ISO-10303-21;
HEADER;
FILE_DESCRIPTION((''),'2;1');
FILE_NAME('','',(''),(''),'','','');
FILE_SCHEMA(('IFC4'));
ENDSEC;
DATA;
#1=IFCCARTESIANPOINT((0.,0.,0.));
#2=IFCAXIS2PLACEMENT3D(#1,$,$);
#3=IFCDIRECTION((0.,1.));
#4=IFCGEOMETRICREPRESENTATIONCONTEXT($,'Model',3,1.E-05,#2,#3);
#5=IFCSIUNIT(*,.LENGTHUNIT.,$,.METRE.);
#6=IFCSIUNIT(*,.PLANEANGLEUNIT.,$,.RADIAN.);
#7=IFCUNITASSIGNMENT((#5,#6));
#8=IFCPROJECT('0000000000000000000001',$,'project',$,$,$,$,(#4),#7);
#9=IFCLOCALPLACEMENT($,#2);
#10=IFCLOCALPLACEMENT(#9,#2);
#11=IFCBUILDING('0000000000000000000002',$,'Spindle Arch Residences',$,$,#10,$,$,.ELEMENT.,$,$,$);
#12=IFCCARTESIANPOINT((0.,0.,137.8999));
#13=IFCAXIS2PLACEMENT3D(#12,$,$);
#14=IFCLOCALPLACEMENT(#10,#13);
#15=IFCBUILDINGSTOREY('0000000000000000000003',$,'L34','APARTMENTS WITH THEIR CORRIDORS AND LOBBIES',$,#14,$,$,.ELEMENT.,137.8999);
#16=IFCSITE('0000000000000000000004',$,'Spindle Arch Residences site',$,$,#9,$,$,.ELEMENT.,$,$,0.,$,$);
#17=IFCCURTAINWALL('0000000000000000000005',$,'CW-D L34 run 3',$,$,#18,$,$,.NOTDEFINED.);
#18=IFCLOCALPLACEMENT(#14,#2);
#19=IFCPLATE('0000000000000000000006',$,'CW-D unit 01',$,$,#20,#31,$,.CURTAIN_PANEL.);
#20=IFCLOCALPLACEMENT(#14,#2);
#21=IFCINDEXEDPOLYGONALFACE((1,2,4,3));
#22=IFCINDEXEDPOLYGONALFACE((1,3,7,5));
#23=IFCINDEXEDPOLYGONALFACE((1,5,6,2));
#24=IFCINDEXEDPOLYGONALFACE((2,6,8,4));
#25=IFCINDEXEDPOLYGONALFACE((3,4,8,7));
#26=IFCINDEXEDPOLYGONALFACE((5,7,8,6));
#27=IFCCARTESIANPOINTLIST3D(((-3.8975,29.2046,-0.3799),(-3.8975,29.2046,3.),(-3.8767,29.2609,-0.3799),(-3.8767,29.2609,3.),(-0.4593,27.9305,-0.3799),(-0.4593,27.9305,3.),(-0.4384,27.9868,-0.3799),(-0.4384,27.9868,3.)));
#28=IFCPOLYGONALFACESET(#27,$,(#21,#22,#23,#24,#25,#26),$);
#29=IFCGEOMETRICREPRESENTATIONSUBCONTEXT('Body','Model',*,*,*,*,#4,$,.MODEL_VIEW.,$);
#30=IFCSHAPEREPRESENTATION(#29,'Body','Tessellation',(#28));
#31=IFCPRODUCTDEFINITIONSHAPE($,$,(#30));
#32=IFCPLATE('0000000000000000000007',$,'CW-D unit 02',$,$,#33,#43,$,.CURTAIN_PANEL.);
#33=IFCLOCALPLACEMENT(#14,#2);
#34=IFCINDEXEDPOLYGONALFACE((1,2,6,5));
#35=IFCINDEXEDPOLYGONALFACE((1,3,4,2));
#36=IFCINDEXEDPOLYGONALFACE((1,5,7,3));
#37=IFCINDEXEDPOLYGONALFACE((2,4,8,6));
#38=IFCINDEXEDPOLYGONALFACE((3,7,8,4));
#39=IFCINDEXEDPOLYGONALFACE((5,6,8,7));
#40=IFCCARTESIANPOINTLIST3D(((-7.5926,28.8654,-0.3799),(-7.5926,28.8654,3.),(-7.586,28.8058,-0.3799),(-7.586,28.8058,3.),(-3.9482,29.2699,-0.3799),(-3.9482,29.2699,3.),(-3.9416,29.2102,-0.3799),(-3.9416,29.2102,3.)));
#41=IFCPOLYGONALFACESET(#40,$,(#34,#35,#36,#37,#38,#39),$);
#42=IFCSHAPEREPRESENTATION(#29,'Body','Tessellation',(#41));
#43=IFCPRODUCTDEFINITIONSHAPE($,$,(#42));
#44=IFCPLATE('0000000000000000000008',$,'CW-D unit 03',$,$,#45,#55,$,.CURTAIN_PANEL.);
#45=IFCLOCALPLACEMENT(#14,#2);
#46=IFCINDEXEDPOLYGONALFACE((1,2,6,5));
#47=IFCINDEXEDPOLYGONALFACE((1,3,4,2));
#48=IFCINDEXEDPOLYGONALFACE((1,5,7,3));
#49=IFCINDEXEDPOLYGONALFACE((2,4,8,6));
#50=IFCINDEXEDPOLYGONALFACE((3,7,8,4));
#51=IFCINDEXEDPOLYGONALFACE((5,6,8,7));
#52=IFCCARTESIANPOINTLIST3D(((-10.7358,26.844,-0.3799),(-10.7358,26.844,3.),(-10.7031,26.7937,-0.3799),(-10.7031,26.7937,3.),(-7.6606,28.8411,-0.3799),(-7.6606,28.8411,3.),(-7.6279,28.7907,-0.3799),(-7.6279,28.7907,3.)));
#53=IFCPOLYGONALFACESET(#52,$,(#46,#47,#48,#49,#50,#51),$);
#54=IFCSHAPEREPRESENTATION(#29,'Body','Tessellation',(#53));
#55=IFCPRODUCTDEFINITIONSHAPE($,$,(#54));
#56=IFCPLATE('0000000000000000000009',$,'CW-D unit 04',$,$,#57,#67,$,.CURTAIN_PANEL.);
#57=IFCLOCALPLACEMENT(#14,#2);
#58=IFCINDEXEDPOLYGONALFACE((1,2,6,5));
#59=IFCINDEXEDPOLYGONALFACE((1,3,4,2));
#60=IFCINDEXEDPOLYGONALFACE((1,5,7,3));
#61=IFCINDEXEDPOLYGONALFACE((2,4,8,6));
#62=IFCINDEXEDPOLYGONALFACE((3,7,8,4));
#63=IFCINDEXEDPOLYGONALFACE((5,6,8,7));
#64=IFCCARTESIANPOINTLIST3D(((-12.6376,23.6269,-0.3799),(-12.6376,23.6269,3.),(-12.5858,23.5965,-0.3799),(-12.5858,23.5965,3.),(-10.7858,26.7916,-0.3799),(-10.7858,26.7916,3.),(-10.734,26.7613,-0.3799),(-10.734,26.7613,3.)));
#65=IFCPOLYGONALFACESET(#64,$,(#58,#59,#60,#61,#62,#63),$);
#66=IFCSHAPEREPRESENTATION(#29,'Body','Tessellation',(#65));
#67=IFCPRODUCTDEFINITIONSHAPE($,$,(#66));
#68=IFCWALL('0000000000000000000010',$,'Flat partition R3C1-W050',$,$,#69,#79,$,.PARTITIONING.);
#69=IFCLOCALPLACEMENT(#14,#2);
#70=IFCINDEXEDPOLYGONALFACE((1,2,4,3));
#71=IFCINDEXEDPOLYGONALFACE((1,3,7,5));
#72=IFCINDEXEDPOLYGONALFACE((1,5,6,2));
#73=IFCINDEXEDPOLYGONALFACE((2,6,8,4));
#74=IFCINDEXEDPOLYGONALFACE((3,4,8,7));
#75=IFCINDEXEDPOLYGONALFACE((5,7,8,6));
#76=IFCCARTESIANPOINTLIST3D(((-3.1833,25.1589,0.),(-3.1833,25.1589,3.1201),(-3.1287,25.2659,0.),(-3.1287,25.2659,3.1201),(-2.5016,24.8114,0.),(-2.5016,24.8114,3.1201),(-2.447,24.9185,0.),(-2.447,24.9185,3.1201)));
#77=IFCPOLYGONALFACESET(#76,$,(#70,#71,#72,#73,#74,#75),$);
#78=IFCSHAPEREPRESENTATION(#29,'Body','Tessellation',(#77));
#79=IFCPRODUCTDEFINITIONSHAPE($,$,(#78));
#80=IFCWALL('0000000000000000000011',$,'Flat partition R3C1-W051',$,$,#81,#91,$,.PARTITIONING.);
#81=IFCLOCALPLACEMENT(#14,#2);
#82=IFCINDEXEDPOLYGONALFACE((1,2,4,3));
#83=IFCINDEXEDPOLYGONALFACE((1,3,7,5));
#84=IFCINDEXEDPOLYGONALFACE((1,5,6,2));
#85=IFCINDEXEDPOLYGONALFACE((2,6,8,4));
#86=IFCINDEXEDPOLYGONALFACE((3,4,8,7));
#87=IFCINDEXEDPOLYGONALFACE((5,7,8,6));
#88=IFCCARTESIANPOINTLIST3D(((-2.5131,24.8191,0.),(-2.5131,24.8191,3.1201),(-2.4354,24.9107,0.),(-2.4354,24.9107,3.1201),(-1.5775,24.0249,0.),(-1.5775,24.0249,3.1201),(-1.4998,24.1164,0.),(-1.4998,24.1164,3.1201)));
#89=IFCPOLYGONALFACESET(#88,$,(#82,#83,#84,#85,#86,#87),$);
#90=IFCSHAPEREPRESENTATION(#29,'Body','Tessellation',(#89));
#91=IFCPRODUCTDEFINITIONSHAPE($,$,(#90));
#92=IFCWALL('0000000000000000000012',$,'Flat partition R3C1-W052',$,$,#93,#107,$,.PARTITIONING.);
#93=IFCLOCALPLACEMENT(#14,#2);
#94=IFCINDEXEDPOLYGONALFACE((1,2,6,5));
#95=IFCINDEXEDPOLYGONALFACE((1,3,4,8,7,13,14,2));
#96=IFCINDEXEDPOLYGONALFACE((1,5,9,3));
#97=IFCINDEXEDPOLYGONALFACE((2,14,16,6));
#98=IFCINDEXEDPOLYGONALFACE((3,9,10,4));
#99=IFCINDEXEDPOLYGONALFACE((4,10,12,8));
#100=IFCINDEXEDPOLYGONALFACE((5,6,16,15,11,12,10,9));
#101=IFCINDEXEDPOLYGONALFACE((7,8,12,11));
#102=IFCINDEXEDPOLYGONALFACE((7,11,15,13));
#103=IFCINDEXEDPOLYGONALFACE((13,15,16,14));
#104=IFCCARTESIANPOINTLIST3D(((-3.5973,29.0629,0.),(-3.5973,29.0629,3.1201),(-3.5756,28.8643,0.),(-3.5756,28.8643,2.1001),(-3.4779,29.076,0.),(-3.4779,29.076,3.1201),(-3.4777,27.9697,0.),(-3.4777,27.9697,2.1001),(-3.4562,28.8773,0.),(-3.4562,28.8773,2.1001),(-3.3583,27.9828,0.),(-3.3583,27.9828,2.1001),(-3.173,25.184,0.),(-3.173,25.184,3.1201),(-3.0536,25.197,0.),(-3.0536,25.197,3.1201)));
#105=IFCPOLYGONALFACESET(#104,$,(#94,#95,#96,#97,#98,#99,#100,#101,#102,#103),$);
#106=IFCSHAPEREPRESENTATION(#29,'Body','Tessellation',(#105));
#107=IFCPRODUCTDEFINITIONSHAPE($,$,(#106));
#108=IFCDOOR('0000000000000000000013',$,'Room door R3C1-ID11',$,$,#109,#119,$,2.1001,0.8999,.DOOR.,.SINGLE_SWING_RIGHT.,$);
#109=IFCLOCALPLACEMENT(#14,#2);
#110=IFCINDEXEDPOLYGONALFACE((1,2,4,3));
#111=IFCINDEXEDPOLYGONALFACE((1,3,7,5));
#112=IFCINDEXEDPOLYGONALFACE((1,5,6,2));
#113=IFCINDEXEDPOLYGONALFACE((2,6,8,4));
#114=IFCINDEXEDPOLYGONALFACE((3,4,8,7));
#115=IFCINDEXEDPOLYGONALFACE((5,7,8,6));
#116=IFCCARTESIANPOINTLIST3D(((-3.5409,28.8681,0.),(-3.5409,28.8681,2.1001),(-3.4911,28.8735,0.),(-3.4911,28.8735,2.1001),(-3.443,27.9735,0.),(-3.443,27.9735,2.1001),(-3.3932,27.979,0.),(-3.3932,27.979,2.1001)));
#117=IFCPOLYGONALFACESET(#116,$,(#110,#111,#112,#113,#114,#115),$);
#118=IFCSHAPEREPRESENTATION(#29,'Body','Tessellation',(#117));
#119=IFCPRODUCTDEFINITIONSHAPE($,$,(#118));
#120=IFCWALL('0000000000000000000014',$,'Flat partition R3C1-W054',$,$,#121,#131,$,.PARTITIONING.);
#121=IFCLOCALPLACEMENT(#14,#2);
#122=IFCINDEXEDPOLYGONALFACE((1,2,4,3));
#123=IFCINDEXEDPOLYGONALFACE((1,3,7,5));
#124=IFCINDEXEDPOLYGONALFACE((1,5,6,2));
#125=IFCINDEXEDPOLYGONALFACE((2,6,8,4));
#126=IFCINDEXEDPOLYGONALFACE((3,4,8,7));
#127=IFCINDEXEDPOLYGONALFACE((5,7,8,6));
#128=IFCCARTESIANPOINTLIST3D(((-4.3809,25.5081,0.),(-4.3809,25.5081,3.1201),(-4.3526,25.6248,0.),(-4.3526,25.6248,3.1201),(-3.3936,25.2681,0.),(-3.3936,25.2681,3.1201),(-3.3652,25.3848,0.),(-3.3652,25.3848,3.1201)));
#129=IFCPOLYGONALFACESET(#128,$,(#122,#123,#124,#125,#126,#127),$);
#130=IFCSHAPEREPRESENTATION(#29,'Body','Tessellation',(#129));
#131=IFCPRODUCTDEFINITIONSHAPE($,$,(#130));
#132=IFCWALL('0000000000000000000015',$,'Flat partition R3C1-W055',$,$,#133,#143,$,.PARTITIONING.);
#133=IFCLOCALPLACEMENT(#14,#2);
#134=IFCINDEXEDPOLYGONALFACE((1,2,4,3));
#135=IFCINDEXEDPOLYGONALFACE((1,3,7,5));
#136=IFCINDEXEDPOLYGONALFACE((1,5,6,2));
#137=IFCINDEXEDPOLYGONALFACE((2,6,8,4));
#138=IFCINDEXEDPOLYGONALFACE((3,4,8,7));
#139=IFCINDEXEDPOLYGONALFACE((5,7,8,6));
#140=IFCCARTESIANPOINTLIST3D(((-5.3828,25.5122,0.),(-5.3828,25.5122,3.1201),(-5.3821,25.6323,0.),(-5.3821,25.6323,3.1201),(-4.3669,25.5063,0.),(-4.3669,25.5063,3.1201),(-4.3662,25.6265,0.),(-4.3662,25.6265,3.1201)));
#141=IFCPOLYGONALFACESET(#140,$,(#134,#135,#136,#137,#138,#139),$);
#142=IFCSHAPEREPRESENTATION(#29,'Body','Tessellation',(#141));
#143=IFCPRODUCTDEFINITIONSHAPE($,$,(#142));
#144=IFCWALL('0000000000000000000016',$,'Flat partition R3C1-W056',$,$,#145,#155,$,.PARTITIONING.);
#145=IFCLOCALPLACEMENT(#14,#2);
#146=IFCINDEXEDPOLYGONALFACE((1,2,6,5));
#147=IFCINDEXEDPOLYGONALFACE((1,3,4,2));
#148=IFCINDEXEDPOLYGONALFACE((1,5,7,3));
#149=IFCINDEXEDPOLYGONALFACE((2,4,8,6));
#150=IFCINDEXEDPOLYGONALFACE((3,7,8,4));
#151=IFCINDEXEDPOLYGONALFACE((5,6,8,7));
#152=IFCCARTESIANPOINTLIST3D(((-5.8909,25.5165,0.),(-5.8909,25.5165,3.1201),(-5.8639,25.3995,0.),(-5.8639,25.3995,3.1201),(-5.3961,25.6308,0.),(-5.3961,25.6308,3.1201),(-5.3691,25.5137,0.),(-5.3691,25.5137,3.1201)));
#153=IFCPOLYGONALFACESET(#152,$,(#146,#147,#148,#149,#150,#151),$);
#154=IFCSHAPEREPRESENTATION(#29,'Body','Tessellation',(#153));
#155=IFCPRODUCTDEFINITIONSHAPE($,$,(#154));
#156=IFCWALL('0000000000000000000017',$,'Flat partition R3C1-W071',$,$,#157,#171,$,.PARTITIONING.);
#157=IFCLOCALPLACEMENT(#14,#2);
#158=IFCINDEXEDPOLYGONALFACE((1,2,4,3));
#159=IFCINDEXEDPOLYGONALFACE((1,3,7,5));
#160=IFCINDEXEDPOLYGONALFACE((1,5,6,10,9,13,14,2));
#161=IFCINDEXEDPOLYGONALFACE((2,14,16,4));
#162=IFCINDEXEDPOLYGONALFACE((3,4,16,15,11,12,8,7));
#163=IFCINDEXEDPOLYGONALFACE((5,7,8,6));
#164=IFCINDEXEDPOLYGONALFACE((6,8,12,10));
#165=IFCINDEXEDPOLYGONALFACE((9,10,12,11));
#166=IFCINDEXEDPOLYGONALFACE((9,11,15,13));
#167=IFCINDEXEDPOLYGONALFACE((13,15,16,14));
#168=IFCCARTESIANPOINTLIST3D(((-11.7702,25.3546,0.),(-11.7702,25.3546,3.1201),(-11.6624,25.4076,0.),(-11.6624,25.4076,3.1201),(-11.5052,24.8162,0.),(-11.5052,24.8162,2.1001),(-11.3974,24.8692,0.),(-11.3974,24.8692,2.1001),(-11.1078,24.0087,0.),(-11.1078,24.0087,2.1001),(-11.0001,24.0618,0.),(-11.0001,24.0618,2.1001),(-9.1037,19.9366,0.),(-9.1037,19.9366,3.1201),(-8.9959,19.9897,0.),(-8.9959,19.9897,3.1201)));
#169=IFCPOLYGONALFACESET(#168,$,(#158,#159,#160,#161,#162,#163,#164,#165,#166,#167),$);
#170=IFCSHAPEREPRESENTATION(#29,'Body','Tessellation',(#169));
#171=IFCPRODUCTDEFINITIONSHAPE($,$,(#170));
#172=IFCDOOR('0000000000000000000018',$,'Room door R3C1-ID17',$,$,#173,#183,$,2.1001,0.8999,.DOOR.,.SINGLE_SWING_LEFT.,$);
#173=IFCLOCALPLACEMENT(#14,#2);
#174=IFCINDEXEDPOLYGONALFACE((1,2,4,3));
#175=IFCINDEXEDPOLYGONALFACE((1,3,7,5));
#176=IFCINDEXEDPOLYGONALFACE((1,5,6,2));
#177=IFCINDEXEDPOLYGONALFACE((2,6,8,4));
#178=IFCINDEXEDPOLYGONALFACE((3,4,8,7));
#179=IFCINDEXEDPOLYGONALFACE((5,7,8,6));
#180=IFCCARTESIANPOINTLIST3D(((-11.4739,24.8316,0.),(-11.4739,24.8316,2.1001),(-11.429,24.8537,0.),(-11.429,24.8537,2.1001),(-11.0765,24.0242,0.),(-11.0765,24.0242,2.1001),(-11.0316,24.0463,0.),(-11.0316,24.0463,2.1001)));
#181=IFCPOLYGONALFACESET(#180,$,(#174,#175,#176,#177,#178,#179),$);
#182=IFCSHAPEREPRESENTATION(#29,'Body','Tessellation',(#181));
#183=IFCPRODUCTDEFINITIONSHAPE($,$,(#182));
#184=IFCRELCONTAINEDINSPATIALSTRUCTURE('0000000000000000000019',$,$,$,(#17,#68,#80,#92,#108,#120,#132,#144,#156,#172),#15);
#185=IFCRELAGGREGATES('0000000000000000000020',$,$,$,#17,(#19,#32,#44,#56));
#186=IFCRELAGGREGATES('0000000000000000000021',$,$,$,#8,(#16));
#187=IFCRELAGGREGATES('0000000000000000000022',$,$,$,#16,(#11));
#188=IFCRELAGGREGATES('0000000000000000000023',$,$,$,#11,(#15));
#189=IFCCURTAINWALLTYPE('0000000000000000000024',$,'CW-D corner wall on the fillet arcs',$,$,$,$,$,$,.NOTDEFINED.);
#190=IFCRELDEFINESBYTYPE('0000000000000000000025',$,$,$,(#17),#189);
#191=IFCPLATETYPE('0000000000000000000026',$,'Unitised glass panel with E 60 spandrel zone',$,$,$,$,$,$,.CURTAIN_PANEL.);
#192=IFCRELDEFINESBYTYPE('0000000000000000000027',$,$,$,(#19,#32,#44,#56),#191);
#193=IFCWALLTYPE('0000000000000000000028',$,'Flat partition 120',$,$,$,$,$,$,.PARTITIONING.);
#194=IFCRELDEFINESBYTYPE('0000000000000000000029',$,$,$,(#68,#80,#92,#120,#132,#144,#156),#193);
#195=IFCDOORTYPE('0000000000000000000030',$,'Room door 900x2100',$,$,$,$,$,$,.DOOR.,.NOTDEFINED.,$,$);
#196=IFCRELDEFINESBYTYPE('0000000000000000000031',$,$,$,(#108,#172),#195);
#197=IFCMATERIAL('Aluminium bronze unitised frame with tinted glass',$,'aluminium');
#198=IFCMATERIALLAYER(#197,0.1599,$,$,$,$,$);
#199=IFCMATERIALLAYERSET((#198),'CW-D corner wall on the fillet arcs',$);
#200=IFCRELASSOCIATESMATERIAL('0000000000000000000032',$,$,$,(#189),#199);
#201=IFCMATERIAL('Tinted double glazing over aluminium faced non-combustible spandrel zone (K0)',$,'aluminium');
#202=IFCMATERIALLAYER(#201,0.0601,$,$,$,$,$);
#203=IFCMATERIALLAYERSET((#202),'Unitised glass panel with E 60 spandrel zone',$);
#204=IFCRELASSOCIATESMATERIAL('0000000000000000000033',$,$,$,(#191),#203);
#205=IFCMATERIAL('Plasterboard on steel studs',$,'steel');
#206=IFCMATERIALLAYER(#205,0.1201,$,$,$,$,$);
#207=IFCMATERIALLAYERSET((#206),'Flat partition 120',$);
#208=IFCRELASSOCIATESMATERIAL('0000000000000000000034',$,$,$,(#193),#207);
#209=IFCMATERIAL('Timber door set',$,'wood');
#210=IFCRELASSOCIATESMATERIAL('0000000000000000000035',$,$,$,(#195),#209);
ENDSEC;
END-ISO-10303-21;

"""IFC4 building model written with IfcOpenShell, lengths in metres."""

from ifc_helpers import new_model, si_unit, direction, frame, frame_2d, origin, origin_2d, place, context, subcontext, project, spatial, rectangle, extrude, material, layer, layer_set, type_object, element, fill, aggregate, save


model = new_model("IFC4")

# Units and contexts
model_context = context("Model", 3, precision=1e-05, world=origin(), true_north=direction((0.0, 1.0)))
body_context = subcontext(model_context, "Body", "Model", "MODEL_VIEW")
ifc_project = project(units=[si_unit("LENGTHUNIT", "METRE"), si_unit("PLANEANGLEUNIT", "RADIAN")], contexts=[model_context])

# Site, building, storey
site_placement = place(None, origin())
site = spatial("IfcSite", under=ifc_project, at=site_placement, Name="Spindle Arch Residences site", CompositionType="ELEMENT", RefElevation=0.0)
building_placement = place(site_placement, origin())
building = spatial("IfcBuilding", under=site, at=building_placement, Name="Spindle Arch Residences", CompositionType="ELEMENT")
storey_placement = place(building_placement, frame((0.0, 0.0, 137.8999)))
storey = spatial("IfcBuildingStorey", under=building, at=storey_placement, Name="L34", Description="APARTMENTS WITH THEIR CORRIDORS AND LOBBIES", CompositionType="ELEMENT", Elevation=137.8999)

# Curtain wall
ifc_material_1 = material(Name="Aluminium bronze unitised frame with tinted glass", Category="aluminium")
ifc_layer_1 = layer(ifc_material_1, 0.1599)
ifc_layer_set_1 = layer_set([ifc_layer_1], Name="CW-D corner wall on the fillet arcs")
curtain_wall_type = type_object("IfcCurtainWallType", Name="CW-D corner wall on the fillet arcs", PredefinedType="NOTDEFINED", material=ifc_layer_set_1)
curtain_wall_placement = place(storey_placement, origin())
curtain_wall = element("IfcCurtainWall", 1, at=curtain_wall_placement, inside=storey, type_object=curtain_wall_type, Name="CW-D L34 run 3", PredefinedType="NOTDEFINED")

# Plates
ifc_material_2 = material(Name="Tinted double glazing over aluminium faced non-combustible spandrel zone (K0)", Category="aluminium")
ifc_layer_2 = layer(ifc_material_2, 0.0601)
ifc_layer_set_2 = layer_set([ifc_layer_2], Name="Unitised glass panel with E 60 spandrel zone")
plate_type = type_object("IfcPlateType", Name="Unitised glass panel with E 60 spandrel zone", PredefinedType="CURTAIN_PANEL", material=ifc_layer_set_2)
plate_1_placement = place(storey_placement, frame((-2.168, 28.5957, -0.3799), z_axis=(0.0, 0.0, 1.0), x_axis=(-0.937687, 0.347481, 0.0)))
plate_1 = element("IfcPlate", 2, at=plate_1_placement, type_object=plate_type, Name="CW-D unit 01", PredefinedType="CURTAIN_PANEL", context=body_context, shape_type="SweptSolid", body=[
    extrude(rectangle(XDim=3.6667, YDim=0.0601, at=origin_2d()), origin(), (0.0, 0.0, 1.0), 3.3799),
])
plate_2_placement = place(storey_placement, frame((-5.7671, 29.0378, -0.3799), z_axis=(0.0, 0.0, 1.0), x_axis=(-0.993897, -0.110313, 0.0)))
plate_2 = element("IfcPlate", 3, at=plate_2_placement, type_object=plate_type, Name="CW-D unit 02", PredefinedType="CURTAIN_PANEL", context=body_context, shape_type="SweptSolid", body=[
    extrude(rectangle(XDim=3.6667, YDim=0.0601, at=origin_2d()), origin(), (0.0, 0.0, 1.0), 3.3799),
])
plate_3_placement = place(storey_placement, frame((-9.1819, 27.8174, -0.3799), z_axis=(0.0, 0.0, 1.0), x_axis=(-0.838671, -0.544639, 0.0)))
plate_3 = element("IfcPlate", 4, at=plate_3_placement, type_object=plate_type, Name="CW-D unit 03", PredefinedType="CURTAIN_PANEL", context=body_context, shape_type="SweptSolid", body=[
    extrude(rectangle(XDim=3.6667, YDim=0.0601, at=origin_2d()), origin(), (0.0, 0.0, 1.0), 3.3799),
])
plate_4_placement = place(storey_placement, frame((-11.6858, 25.1941, -0.3799), z_axis=(0.0, 0.0, 1.0), x_axis=(-0.50503, -0.863102, 0.0)))
plate_4 = element("IfcPlate", 5, at=plate_4_placement, type_object=plate_type, Name="CW-D unit 04", PredefinedType="CURTAIN_PANEL", context=body_context, shape_type="SweptSolid", body=[
    extrude(rectangle(XDim=3.6667, YDim=0.0601, at=origin_2d()), origin(), (0.0, 0.0, 1.0), 3.3799),
])
aggregate(curtain_wall, [plate_1, plate_2, plate_3, plate_4])

# Walls
ifc_material_3 = material(Name="Plasterboard on steel studs", Category="steel")
ifc_layer_3 = layer(ifc_material_3, 0.1201)
ifc_layer_set_3 = layer_set([ifc_layer_3], Name="Flat partition 120")
wall_type_1 = type_object("IfcWallType", Name="Flat partition 120", PredefinedType="PARTITIONING", material=ifc_layer_set_3)
wall_1_placement = place(storey_placement, frame((-3.156, 25.2124, 0.0), z_axis=(0.0, 0.0, 1.0), x_axis=(0.890954, -0.454093, 0.0)))
element("IfcWall", 6, at=wall_1_placement, inside=storey, type_object=wall_type_1, Name="Flat partition R3C1-W050", PredefinedType="PARTITIONING", context=body_context, shape_type="SweptSolid", body=[
    extrude(rectangle(XDim=0.7651, YDim=0.1201, at=frame_2d((0.3826, 0.0))), origin(), (0.0, 0.0, 1.0), 3.1201),
])
wall_2_placement = place(storey_placement, frame((-2.4744, 24.865, 0.0), z_axis=(0.0, 0.0, 1.0), x_axis=(0.762351, -0.647163, 0.0)))
element("IfcWall", 7, at=wall_2_placement, inside=storey, type_object=wall_type_1, Name="Flat partition R3C1-W051", PredefinedType="PARTITIONING", context=body_context, shape_type="SweptSolid", body=[
    extrude(rectangle(XDim=1.2273, YDim=0.1201, at=frame_2d((0.6138, 0.0))), origin(), (0.0, 0.0, 1.0), 3.1201),
])

# Wall, opening, door
wall_3_placement = place(storey_placement, frame((-3.5376, 29.0696, 0.0), z_axis=(0.0, 0.0, 1.0), x_axis=(0.108742, -0.99407, 0.0)))
wall_3 = element("IfcWall", 8, at=wall_3_placement, inside=storey, type_object=wall_type_1, Name="Flat partition R3C1-W052", PredefinedType="PARTITIONING", context=body_context, shape_type="SweptSolid", body=[
    extrude(rectangle(XDim=3.9021, YDim=0.1201, at=frame_2d((1.9512, 0.0))), origin(), (0.0, 0.0, 1.0), 3.1201),
])
opening_1_placement = place(wall_3_placement, frame((0.2, 0.0, 0.0)))
opening_1 = element("IfcOpeningElement", 9, at=opening_1_placement, cuts=wall_3, PredefinedType="OPENING", context=body_context, shape_type="SweptSolid", body=[
    extrude(rectangle(XDim=0.8999, YDim=2.1001, at=frame_2d((0.45, 1.05))), frame((0.0, 0.0701, 0.0), z_axis=(0.0, -1.0, 0.0), x_axis=(1.0, 0.0, 0.0)), (0.0, 0.0, 1.0), 0.1401),
])
ifc_material_4 = material(Name="Timber door set", Category="wood")
door_type = type_object("IfcDoorType", Name="Room door 900x2100", OperationType="NOTDEFINED", PredefinedType="DOOR", material=ifc_material_4)
door_1_placement = place(opening_1_placement, origin())
door_1 = element("IfcDoor", 10, at=door_1_placement, inside=storey, type_object=door_type, Name="Room door R3C1-ID11", OperationType="SINGLE_SWING_RIGHT", OverallHeight=2.1001, OverallWidth=0.8999, PredefinedType="DOOR", context=body_context, shape_type="SweptSolid", body=[
    extrude(rectangle(XDim=0.8999, YDim=2.1001, at=frame_2d((0.45, 1.05))), frame((0.0, 0.0249, 0.0), z_axis=(0.0, -1.0, 0.0), x_axis=(1.0, 0.0, 0.0)), (0.0, 0.0, 1.0), 0.05),
])
fill(opening_1, door_1)

# Walls
wall_4_placement = place(storey_placement, frame((-3.3794, 25.3264, 0.0), z_axis=(0.0, 0.0, 1.0), x_axis=(-0.971705, 0.236198, 0.0)))
element("IfcWall", 11, at=wall_4_placement, inside=storey, type_object=wall_type_1, Name="Flat partition R3C1-W054", PredefinedType="PARTITIONING", context=body_context, shape_type="SweptSolid", body=[
    extrude(rectangle(XDim=1.0161, YDim=0.1201, at=frame_2d((0.5081, 0.0))), origin(), (0.0, 0.0, 1.0), 3.1201),
])
wall_5_placement = place(storey_placement, frame((-4.3667, 25.5664, 0.0), z_axis=(0.0, 0.0, 1.0), x_axis=(-0.999983, 0.005768, 0.0)))
element("IfcWall", 12, at=wall_5_placement, inside=storey, type_object=wall_type_1, Name="Flat partition R3C1-W055", PredefinedType="PARTITIONING", context=body_context, shape_type="SweptSolid", body=[
    extrude(rectangle(XDim=1.0159, YDim=0.1201, at=frame_2d((0.5078, 0.0))), origin(), (0.0, 0.0, 1.0), 3.1201),
])
wall_6_placement = place(storey_placement, frame((-5.3826, 25.5723, 0.0), z_axis=(0.0, 0.0, 1.0), x_axis=(-0.974367, -0.224965, 0.0)))
element("IfcWall", 13, at=wall_6_placement, inside=storey, type_object=wall_type_1, Name="Flat partition R3C1-W056", PredefinedType="PARTITIONING", context=body_context, shape_type="SweptSolid", body=[
    extrude(rectangle(XDim=0.5078, YDim=0.1201, at=frame_2d((0.2539, 0.0))), origin(), (0.0, 0.0, 1.0), 3.1201),
])

# Wall, opening, door
wall_7_placement = place(storey_placement, frame((-11.7163, 25.3811, 0.0), z_axis=(0.0, 0.0, 1.0), x_axis=(0.441577, -0.897223, 0.0)))
wall_7 = element("IfcWall", 14, at=wall_7_placement, inside=storey, type_object=wall_type_1, Name="Flat partition R3C1-W071", PredefinedType="PARTITIONING", context=body_context, shape_type="SweptSolid", body=[
    extrude(rectangle(XDim=6.0386, YDim=0.1201, at=frame_2d((3.0193, 0.0))), origin(), (0.0, 0.0, 1.0), 3.1201),
])
opening_2_placement = place(wall_7_placement, frame((0.6001, 0.0, 0.0)))
opening_2 = element("IfcOpeningElement", 15, at=opening_2_placement, cuts=wall_7, PredefinedType="OPENING", context=body_context, shape_type="SweptSolid", body=[
    extrude(rectangle(XDim=0.8999, YDim=2.1001, at=frame_2d((0.45, 1.05))), frame((0.0, 0.0701, 0.0), z_axis=(0.0, -1.0, 0.0), x_axis=(1.0, 0.0, 0.0)), (0.0, 0.0, 1.0), 0.1401),
])
door_2_placement = place(opening_2_placement, origin())
door_2 = element("IfcDoor", 16, at=door_2_placement, inside=storey, type_object=door_type, Name="Room door R3C1-ID17", OperationType="SINGLE_SWING_LEFT", OverallHeight=2.1001, OverallWidth=0.8999, PredefinedType="DOOR", context=body_context, shape_type="SweptSolid", body=[
    extrude(rectangle(XDim=0.8999, YDim=2.1001, at=frame_2d((0.45, 1.05))), frame((0.0, 0.0249, 0.0), z_axis=(0.0, -1.0, 0.0), x_axis=(1.0, 0.0, 0.0)), (0.0, 0.0, 1.0), 0.05),
])
fill(opening_2, door_2)

save(model, "model.ifc")
